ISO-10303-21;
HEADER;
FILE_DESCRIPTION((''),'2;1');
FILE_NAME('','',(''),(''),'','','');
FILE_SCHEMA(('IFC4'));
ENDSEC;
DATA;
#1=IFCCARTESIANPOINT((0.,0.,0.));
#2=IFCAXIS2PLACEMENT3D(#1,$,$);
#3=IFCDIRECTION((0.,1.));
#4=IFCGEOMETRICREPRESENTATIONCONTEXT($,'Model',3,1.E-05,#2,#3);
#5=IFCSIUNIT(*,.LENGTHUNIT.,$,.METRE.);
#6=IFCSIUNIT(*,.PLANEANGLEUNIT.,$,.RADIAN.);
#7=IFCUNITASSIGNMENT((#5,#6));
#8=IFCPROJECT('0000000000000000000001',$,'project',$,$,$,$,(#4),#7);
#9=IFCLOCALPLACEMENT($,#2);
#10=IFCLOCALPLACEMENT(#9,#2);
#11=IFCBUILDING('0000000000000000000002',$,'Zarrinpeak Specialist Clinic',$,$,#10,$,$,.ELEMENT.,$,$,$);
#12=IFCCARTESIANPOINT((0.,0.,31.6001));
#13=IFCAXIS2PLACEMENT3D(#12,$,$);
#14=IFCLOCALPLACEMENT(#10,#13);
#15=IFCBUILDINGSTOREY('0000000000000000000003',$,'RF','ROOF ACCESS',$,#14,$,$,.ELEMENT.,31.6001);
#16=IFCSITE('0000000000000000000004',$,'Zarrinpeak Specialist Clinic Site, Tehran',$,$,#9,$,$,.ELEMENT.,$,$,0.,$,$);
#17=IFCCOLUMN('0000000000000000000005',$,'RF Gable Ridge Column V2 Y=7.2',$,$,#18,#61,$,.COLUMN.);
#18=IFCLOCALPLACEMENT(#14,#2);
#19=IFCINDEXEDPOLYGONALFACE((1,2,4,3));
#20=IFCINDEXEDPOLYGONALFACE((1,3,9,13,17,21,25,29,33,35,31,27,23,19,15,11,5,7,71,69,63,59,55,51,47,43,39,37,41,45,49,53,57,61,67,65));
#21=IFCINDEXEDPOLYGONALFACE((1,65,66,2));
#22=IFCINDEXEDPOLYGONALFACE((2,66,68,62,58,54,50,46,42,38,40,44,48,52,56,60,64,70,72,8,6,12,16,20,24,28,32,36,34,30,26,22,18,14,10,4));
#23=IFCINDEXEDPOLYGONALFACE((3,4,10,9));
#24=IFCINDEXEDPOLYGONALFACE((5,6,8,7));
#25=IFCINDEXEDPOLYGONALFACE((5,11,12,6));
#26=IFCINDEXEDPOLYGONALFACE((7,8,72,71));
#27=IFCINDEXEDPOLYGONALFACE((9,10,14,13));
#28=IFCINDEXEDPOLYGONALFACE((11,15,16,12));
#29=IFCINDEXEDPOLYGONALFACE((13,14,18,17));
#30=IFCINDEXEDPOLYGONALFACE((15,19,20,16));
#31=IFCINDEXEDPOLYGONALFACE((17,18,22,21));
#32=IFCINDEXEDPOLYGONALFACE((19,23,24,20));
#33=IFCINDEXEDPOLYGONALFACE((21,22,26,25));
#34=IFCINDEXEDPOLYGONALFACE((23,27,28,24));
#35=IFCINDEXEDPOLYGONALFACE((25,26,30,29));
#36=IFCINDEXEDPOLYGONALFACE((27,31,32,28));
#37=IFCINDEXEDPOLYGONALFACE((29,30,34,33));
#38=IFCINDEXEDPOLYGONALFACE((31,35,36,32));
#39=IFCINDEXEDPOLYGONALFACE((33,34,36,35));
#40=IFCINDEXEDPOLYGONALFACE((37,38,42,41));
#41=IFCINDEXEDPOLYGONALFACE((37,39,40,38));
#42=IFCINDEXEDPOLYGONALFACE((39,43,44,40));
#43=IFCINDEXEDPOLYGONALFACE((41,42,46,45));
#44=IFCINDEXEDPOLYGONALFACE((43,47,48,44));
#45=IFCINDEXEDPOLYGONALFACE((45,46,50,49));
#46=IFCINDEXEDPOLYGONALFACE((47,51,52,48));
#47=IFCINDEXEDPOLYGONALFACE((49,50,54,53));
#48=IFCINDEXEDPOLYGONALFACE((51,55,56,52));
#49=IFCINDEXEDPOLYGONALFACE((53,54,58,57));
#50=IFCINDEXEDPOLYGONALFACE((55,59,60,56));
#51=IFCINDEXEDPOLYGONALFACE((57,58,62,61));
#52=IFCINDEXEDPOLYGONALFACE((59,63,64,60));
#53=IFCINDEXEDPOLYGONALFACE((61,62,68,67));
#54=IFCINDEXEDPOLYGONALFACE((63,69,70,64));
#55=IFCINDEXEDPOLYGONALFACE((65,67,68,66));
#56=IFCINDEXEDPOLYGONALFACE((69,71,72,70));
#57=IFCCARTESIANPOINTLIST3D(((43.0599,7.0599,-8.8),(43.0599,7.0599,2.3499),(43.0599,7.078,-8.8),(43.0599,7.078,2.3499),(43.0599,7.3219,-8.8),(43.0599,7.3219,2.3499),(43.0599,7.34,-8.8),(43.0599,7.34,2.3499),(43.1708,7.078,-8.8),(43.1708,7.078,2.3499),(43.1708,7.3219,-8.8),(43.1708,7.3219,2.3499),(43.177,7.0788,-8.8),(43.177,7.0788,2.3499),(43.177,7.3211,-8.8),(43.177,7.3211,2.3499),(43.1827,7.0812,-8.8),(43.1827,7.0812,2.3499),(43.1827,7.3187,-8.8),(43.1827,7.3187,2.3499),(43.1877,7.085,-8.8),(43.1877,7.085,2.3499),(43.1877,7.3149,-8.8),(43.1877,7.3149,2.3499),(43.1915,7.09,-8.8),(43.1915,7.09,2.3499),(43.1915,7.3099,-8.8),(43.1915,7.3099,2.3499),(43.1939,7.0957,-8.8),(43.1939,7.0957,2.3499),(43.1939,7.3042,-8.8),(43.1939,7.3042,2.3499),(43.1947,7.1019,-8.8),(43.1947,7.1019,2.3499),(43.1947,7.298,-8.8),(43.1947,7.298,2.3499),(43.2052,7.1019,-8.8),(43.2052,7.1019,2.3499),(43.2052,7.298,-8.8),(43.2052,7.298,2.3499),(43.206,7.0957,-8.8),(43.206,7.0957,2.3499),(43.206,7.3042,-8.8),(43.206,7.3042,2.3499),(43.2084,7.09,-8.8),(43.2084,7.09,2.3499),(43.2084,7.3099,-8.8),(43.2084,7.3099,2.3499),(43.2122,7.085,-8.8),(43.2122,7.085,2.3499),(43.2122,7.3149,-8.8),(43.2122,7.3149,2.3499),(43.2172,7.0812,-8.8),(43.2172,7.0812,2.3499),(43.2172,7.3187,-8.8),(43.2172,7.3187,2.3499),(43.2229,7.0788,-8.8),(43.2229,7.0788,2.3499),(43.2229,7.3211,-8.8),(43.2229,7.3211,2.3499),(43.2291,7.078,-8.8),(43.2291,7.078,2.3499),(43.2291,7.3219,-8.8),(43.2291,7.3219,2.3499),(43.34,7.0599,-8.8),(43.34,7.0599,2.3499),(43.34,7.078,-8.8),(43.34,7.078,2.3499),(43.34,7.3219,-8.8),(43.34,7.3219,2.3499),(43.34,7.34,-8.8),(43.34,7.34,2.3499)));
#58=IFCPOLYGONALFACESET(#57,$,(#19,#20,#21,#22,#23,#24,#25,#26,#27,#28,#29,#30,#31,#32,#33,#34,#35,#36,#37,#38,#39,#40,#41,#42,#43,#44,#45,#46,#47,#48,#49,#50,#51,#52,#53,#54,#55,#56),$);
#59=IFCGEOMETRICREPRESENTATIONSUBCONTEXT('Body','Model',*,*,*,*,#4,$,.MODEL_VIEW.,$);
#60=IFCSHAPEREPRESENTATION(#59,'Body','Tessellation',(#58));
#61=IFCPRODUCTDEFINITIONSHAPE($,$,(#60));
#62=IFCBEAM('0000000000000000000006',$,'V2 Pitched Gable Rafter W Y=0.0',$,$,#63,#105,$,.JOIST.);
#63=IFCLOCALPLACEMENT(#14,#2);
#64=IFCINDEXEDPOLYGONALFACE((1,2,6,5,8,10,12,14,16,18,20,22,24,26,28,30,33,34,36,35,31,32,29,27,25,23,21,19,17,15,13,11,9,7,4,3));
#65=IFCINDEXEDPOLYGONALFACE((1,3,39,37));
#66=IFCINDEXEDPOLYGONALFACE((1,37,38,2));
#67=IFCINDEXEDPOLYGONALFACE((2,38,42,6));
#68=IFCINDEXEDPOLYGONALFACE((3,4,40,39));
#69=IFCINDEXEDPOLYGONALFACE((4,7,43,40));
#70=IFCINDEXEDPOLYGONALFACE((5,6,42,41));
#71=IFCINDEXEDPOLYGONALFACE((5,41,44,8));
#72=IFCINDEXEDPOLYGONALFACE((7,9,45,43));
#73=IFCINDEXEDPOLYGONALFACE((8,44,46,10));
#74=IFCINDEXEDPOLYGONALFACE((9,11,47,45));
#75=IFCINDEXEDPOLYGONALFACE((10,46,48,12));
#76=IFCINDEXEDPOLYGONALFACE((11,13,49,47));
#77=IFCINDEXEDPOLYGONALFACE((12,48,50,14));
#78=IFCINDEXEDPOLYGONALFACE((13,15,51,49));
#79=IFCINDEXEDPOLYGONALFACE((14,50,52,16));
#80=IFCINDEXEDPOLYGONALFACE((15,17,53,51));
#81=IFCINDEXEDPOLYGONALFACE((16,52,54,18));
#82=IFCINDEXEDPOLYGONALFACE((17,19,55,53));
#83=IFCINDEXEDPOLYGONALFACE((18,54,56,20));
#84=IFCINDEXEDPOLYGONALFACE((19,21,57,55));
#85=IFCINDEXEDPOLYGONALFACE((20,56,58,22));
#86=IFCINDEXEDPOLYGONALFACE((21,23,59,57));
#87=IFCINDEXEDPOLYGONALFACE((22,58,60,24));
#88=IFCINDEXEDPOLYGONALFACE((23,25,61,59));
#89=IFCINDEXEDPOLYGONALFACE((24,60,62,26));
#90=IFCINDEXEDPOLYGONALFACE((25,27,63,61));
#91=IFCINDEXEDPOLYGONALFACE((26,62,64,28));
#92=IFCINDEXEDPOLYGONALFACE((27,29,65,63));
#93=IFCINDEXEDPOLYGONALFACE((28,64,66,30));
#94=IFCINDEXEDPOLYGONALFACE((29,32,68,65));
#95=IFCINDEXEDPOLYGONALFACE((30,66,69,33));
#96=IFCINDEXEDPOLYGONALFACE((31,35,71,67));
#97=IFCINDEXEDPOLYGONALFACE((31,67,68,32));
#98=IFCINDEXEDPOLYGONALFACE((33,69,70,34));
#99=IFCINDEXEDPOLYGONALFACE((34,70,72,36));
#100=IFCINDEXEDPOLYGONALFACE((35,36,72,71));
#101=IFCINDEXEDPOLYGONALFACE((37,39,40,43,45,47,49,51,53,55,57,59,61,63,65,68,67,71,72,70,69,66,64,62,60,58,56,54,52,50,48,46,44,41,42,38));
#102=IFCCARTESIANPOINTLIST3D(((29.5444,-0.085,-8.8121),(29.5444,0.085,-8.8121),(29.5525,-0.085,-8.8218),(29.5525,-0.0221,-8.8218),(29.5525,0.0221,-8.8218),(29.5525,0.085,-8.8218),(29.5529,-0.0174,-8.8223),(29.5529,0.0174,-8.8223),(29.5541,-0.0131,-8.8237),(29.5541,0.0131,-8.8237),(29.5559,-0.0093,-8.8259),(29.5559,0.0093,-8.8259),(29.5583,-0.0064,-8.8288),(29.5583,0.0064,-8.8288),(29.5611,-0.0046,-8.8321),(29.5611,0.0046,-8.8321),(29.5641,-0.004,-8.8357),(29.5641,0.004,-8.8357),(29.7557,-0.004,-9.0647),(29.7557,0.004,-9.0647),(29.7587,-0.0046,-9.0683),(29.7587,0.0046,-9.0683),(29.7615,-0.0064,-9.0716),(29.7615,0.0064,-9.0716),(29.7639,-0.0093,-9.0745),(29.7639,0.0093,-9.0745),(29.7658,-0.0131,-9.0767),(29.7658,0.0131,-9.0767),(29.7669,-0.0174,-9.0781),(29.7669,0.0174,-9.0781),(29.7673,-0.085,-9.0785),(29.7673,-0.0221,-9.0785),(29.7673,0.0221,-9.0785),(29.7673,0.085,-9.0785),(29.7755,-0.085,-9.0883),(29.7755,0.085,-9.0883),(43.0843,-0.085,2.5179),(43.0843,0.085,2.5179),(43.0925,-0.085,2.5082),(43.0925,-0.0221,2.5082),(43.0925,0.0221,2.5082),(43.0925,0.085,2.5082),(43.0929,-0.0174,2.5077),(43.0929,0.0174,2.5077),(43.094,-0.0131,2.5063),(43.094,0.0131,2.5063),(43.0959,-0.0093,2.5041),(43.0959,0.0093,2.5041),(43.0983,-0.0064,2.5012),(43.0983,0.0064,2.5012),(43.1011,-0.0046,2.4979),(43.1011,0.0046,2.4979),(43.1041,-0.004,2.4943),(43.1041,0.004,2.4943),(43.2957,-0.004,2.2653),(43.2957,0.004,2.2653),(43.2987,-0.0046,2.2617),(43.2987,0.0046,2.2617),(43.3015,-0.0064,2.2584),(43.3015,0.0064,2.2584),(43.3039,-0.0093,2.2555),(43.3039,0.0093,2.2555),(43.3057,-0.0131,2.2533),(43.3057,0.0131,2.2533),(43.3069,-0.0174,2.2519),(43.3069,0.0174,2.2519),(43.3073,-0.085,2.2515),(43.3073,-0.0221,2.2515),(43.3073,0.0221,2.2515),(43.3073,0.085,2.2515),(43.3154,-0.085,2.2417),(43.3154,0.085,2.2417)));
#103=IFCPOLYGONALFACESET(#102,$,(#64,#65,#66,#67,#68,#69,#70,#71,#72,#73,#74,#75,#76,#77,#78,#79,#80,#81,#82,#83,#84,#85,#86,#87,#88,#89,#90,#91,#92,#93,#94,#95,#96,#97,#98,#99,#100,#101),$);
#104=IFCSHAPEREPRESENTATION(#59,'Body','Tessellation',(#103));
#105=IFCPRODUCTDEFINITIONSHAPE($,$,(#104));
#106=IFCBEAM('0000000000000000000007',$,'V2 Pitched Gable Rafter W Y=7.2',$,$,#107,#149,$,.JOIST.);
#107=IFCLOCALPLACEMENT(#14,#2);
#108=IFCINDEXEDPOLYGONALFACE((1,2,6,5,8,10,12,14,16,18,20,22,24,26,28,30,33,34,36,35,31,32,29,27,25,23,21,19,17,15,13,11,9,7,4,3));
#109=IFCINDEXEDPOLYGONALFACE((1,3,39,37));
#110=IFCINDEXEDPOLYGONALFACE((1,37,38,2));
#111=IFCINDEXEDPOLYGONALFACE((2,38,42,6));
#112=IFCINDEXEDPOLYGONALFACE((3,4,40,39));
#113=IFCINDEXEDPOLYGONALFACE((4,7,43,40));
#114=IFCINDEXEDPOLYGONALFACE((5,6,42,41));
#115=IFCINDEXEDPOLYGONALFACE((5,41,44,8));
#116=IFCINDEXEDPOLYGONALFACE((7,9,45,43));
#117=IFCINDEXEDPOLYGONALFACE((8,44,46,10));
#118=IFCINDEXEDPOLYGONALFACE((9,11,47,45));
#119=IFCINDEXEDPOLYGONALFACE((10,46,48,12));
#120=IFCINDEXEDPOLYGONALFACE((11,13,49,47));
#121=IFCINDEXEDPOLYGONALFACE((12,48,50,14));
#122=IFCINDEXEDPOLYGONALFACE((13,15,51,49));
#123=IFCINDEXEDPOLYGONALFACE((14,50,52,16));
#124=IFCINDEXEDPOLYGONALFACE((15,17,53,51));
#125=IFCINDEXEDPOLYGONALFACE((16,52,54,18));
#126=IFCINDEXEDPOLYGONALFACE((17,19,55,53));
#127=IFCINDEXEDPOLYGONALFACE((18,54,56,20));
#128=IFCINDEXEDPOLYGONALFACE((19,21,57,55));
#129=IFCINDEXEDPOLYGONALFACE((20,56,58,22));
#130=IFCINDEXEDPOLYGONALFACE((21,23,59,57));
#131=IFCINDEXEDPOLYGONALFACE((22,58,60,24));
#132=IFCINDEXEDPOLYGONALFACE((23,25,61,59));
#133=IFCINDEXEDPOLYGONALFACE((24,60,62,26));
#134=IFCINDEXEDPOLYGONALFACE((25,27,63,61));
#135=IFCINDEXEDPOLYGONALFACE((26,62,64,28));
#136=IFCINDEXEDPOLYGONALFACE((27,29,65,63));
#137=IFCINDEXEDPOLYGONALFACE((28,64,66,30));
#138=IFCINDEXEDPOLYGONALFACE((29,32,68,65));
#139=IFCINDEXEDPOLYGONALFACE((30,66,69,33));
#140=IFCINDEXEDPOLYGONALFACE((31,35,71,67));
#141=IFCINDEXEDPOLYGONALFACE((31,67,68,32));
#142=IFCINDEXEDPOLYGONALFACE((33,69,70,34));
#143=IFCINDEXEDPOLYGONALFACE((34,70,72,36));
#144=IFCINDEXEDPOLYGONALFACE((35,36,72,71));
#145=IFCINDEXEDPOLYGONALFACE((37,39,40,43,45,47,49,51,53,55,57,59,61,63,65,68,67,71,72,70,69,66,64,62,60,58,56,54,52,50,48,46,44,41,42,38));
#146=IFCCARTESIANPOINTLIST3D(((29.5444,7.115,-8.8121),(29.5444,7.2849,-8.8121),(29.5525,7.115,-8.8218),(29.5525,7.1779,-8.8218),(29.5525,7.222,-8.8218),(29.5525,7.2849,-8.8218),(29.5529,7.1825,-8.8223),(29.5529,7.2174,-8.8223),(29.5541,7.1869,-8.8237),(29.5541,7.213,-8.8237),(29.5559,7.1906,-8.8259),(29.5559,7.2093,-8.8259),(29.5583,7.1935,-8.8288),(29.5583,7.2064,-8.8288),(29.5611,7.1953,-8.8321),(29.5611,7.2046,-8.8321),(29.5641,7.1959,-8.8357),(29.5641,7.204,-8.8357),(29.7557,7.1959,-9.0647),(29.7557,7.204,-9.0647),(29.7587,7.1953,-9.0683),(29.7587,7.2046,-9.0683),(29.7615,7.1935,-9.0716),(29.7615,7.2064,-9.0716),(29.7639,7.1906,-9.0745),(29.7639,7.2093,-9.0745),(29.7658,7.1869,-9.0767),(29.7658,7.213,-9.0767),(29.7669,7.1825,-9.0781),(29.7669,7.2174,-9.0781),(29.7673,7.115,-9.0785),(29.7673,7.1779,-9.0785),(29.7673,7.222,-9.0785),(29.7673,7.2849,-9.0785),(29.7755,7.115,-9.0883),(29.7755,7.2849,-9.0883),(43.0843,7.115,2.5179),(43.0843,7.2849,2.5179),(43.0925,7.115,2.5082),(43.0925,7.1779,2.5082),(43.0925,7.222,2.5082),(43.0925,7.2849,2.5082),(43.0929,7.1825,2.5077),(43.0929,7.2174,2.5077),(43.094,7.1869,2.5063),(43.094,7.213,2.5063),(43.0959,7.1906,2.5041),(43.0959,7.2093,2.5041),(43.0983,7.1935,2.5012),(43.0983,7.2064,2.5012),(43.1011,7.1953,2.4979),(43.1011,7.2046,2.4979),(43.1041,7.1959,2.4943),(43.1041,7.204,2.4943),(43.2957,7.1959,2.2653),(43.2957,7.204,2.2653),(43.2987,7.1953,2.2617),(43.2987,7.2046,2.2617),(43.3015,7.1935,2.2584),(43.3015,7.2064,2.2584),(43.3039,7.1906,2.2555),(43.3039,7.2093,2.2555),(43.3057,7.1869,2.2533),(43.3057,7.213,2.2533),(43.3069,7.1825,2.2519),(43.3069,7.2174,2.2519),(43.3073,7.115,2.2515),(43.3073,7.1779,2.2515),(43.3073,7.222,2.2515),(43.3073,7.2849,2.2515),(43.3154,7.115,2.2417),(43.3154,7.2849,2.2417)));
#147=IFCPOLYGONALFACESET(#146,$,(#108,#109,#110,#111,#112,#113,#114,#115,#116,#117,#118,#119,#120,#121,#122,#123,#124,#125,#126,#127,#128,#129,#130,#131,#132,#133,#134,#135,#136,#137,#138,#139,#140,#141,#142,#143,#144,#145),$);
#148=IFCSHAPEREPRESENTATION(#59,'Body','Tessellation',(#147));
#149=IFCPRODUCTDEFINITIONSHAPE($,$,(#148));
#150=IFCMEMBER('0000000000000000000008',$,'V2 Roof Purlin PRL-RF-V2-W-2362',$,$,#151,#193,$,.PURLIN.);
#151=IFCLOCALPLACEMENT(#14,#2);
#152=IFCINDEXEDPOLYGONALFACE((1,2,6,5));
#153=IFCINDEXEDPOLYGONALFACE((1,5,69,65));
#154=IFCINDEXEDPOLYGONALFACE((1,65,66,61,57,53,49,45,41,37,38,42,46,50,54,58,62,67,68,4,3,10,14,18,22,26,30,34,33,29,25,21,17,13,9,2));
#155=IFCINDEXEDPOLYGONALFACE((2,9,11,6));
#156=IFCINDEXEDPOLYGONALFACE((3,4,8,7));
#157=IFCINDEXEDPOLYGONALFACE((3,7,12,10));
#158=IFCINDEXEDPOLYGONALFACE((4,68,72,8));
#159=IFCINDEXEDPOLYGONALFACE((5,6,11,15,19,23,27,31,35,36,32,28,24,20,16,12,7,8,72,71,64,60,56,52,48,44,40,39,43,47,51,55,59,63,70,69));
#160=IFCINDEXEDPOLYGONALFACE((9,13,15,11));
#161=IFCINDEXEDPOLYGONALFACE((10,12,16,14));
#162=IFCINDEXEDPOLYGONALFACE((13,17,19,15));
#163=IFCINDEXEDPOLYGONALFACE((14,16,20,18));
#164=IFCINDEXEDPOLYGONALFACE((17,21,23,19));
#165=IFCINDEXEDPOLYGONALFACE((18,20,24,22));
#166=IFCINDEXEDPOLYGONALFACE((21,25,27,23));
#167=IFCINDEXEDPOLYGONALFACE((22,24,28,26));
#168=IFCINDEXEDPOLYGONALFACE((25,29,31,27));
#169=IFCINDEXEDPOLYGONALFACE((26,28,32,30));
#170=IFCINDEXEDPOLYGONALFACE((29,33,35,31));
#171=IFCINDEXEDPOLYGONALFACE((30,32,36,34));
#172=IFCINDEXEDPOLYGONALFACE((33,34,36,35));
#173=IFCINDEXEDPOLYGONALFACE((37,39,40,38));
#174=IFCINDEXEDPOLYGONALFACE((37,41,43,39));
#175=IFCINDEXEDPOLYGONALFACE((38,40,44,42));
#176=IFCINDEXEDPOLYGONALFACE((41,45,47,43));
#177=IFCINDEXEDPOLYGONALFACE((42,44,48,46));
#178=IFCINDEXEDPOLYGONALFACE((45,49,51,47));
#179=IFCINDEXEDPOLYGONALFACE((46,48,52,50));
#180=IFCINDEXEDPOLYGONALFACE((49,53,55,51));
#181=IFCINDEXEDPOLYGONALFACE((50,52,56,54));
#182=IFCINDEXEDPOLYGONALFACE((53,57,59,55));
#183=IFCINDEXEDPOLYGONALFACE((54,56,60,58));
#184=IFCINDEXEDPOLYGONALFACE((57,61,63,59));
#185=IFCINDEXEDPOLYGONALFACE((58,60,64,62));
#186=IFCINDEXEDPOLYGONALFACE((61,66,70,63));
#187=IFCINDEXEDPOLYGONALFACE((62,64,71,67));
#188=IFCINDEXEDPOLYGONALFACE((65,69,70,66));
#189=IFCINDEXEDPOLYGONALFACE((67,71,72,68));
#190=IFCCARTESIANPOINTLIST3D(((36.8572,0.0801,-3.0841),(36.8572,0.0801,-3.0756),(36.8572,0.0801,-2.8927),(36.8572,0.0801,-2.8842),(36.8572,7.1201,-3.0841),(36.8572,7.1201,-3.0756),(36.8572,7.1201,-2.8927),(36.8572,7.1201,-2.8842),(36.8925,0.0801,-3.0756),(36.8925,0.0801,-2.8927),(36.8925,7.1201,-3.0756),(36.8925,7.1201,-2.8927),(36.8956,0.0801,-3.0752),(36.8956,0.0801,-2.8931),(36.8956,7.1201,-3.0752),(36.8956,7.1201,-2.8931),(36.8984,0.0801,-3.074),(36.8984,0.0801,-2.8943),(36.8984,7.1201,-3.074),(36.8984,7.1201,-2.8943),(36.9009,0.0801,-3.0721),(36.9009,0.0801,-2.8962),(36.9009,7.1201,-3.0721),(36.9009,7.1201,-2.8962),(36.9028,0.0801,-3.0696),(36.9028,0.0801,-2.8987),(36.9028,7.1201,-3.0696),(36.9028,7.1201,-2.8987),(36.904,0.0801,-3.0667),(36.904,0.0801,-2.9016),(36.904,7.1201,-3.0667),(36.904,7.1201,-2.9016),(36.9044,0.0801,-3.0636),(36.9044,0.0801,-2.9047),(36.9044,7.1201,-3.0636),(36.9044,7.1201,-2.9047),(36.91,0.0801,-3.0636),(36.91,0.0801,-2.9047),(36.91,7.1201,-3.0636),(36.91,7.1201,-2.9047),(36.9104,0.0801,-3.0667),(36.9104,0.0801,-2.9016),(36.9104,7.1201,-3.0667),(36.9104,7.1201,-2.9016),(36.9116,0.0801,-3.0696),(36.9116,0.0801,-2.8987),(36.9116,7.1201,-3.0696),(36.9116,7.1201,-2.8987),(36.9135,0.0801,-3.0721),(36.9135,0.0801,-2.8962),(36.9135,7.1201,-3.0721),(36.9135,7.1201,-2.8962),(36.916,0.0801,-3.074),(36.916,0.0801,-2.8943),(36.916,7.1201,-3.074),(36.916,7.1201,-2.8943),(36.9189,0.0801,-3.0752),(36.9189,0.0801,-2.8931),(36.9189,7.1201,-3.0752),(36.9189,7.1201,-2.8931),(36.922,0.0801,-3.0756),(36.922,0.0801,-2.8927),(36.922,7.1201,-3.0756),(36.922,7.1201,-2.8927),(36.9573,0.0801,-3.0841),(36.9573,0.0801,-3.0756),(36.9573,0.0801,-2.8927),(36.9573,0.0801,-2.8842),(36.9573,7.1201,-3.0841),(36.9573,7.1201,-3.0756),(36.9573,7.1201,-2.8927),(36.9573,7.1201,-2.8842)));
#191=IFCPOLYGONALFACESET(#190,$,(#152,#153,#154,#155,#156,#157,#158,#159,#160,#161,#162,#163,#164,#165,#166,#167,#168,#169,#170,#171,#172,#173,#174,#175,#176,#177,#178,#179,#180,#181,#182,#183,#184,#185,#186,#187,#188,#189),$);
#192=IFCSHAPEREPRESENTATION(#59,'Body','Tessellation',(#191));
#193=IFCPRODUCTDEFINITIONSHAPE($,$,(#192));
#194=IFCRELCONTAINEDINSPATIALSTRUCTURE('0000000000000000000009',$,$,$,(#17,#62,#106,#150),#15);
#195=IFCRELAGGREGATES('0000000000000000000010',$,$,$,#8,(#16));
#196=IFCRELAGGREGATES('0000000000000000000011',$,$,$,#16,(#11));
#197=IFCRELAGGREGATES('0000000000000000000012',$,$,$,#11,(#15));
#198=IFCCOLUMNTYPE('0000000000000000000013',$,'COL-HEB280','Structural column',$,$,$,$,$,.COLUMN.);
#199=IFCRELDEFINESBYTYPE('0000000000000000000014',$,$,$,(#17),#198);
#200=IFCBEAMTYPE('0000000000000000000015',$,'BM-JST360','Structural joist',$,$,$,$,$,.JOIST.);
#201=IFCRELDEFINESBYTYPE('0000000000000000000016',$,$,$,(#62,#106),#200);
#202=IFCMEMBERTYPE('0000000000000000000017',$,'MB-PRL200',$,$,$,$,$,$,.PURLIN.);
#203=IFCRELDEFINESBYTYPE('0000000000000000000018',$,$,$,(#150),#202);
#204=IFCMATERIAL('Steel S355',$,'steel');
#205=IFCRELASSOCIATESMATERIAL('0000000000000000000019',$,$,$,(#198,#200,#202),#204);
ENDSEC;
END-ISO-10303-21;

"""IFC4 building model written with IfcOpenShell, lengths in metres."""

from ifc_helpers import new_model, si_unit, direction, frame, origin, origin_2d, place, context, subcontext, project, spatial, i_section, extrude, material, material_profile, profile_set, type_object, element, save


model = new_model("IFC4")

# Units and contexts
model_context = context("Model", 3, precision=1e-05, world=origin(), true_north=direction((0.0, 1.0)))
body_context = subcontext(model_context, "Body", "Model", "MODEL_VIEW")
ifc_project = project(units=[si_unit("LENGTHUNIT", "METRE"), si_unit("PLANEANGLEUNIT", "RADIAN")], contexts=[model_context])

# Site, building, storey
site_placement = place(None, origin())
site = spatial("IfcSite", under=ifc_project, at=site_placement, Name="Zarrinpeak Specialist Clinic Site, Tehran", CompositionType="ELEMENT", RefElevation=0.0)
building_placement = place(site_placement, origin())
building = spatial("IfcBuilding", under=site, at=building_placement, Name="Zarrinpeak Specialist Clinic", CompositionType="ELEMENT")
storey_placement = place(building_placement, frame((0.0, 0.0, 31.6001)))
storey = spatial("IfcBuildingStorey", under=building, at=storey_placement, Name="RF", Description="ROOF ACCESS", CompositionType="ELEMENT", Elevation=31.6001)

# Column
ifc_material_1 = material(Name="Steel S355", Category="steel")
ifc_material_profile_1 = material_profile(ifc_material_1, i_section(OverallWidth=0.28, OverallDepth=0.28, WebThickness=0.0105, FlangeThickness=0.0181, FilletRadius=0.0239, at=origin_2d()), Name="HEB 280")
ifc_profile_set_1 = profile_set([ifc_material_profile_1], Name="Steel S355")
column_type = type_object("IfcColumnType", Name="COL-HEB280", Description="Structural column", PredefinedType="COLUMN", material=ifc_profile_set_1)
column_placement = place(storey_placement, frame((43.2, 7.2, -8.8), z_axis=(0.0, 0.0, 1.0), x_axis=(1.0, 0.0, 0.0)))
element("IfcColumn", 1, at=column_placement, inside=storey, type_object=column_type, Name="RF Gable Ridge Column V2 Y=7.2", PredefinedType="COLUMN", context=body_context, shape_type="SweptSolid", body=[
    extrude(i_section(OverallWidth=0.28, OverallDepth=0.28, WebThickness=0.0105, FlangeThickness=0.0181, FilletRadius=0.0239, at=origin_2d()), origin(), (0.0, 0.0, 1.0), 11.1499),
])

# Beams
ifc_material_profile_2 = material_profile(ifc_material_1, i_section(OverallWidth=0.1699, OverallDepth=0.3601, WebThickness=0.0081, FlangeThickness=0.0127, FilletRadius=0.0181, at=origin_2d()), Name="IPE 360")
ifc_profile_set_2 = profile_set([ifc_material_profile_2], Name="Steel S355")
beam_type = type_object("IfcBeamType", Name="BM-JST360", Description="Structural joist", PredefinedType="JOIST", material=ifc_profile_set_2)
for number, where, z_axis, x_axis, name in (
    (2, (29.6599, 0.0, -8.9502), (0.766918, 0.0, 0.641745), (0.0, 1.0, 0.0), "V2 Pitched Gable Rafter W Y=0.0"),
    (3, (29.6599, 7.2, -8.9502), (0.766918, 0.0, 0.641745), (0.0, 1.0, 0.0), "V2 Pitched Gable Rafter W Y=7.2"),
):
    element("IfcBeam", number, at=place(storey_placement, frame(where, z_axis=z_axis, x_axis=x_axis)), inside=storey, type_object=beam_type, Name=name, PredefinedType="JOIST", context=body_context, shape_type="SweptSolid", body=[
        extrude(i_section(OverallWidth=0.1699, OverallDepth=0.3601, WebThickness=0.0081, FlangeThickness=0.0127, FilletRadius=0.0181, at=origin_2d()), origin(), (0.0, 0.0, 1.0), 17.655),
    ])

# Member
ifc_material_profile_3 = material_profile(ifc_material_1, i_section(OverallWidth=0.1001, OverallDepth=0.2, WebThickness=0.0056, FlangeThickness=0.0085, FilletRadius=0.012, at=origin_2d()), Name="IPE 200")
ifc_profile_set_3 = profile_set([ifc_material_profile_3], Name="Steel S355")
member_type_1 = type_object("IfcMemberType", Name="MB-PRL200", PredefinedType="PURLIN", material=ifc_profile_set_3)
for number, where, z_axis, x_axis, name in (
    (4, (36.9072, 0.0801, -2.9841), (0.0, 1.0, 0.0), (-1.0, 0.0, 0.0), "V2 Roof Purlin PRL-RF-V2-W-2362"),
):
    element("IfcMember", number, at=place(storey_placement, frame(where, z_axis=z_axis, x_axis=x_axis)), inside=storey, type_object=member_type_1, Name=name, PredefinedType="PURLIN", context=body_context, shape_type="SweptSolid", body=[
        extrude(i_section(OverallWidth=0.1001, OverallDepth=0.2, WebThickness=0.0056, FlangeThickness=0.0085, FilletRadius=0.012, at=origin_2d()), origin(), (0.0, 0.0, 1.0), 7.04),
    ])

save(model, "model.ifc")
